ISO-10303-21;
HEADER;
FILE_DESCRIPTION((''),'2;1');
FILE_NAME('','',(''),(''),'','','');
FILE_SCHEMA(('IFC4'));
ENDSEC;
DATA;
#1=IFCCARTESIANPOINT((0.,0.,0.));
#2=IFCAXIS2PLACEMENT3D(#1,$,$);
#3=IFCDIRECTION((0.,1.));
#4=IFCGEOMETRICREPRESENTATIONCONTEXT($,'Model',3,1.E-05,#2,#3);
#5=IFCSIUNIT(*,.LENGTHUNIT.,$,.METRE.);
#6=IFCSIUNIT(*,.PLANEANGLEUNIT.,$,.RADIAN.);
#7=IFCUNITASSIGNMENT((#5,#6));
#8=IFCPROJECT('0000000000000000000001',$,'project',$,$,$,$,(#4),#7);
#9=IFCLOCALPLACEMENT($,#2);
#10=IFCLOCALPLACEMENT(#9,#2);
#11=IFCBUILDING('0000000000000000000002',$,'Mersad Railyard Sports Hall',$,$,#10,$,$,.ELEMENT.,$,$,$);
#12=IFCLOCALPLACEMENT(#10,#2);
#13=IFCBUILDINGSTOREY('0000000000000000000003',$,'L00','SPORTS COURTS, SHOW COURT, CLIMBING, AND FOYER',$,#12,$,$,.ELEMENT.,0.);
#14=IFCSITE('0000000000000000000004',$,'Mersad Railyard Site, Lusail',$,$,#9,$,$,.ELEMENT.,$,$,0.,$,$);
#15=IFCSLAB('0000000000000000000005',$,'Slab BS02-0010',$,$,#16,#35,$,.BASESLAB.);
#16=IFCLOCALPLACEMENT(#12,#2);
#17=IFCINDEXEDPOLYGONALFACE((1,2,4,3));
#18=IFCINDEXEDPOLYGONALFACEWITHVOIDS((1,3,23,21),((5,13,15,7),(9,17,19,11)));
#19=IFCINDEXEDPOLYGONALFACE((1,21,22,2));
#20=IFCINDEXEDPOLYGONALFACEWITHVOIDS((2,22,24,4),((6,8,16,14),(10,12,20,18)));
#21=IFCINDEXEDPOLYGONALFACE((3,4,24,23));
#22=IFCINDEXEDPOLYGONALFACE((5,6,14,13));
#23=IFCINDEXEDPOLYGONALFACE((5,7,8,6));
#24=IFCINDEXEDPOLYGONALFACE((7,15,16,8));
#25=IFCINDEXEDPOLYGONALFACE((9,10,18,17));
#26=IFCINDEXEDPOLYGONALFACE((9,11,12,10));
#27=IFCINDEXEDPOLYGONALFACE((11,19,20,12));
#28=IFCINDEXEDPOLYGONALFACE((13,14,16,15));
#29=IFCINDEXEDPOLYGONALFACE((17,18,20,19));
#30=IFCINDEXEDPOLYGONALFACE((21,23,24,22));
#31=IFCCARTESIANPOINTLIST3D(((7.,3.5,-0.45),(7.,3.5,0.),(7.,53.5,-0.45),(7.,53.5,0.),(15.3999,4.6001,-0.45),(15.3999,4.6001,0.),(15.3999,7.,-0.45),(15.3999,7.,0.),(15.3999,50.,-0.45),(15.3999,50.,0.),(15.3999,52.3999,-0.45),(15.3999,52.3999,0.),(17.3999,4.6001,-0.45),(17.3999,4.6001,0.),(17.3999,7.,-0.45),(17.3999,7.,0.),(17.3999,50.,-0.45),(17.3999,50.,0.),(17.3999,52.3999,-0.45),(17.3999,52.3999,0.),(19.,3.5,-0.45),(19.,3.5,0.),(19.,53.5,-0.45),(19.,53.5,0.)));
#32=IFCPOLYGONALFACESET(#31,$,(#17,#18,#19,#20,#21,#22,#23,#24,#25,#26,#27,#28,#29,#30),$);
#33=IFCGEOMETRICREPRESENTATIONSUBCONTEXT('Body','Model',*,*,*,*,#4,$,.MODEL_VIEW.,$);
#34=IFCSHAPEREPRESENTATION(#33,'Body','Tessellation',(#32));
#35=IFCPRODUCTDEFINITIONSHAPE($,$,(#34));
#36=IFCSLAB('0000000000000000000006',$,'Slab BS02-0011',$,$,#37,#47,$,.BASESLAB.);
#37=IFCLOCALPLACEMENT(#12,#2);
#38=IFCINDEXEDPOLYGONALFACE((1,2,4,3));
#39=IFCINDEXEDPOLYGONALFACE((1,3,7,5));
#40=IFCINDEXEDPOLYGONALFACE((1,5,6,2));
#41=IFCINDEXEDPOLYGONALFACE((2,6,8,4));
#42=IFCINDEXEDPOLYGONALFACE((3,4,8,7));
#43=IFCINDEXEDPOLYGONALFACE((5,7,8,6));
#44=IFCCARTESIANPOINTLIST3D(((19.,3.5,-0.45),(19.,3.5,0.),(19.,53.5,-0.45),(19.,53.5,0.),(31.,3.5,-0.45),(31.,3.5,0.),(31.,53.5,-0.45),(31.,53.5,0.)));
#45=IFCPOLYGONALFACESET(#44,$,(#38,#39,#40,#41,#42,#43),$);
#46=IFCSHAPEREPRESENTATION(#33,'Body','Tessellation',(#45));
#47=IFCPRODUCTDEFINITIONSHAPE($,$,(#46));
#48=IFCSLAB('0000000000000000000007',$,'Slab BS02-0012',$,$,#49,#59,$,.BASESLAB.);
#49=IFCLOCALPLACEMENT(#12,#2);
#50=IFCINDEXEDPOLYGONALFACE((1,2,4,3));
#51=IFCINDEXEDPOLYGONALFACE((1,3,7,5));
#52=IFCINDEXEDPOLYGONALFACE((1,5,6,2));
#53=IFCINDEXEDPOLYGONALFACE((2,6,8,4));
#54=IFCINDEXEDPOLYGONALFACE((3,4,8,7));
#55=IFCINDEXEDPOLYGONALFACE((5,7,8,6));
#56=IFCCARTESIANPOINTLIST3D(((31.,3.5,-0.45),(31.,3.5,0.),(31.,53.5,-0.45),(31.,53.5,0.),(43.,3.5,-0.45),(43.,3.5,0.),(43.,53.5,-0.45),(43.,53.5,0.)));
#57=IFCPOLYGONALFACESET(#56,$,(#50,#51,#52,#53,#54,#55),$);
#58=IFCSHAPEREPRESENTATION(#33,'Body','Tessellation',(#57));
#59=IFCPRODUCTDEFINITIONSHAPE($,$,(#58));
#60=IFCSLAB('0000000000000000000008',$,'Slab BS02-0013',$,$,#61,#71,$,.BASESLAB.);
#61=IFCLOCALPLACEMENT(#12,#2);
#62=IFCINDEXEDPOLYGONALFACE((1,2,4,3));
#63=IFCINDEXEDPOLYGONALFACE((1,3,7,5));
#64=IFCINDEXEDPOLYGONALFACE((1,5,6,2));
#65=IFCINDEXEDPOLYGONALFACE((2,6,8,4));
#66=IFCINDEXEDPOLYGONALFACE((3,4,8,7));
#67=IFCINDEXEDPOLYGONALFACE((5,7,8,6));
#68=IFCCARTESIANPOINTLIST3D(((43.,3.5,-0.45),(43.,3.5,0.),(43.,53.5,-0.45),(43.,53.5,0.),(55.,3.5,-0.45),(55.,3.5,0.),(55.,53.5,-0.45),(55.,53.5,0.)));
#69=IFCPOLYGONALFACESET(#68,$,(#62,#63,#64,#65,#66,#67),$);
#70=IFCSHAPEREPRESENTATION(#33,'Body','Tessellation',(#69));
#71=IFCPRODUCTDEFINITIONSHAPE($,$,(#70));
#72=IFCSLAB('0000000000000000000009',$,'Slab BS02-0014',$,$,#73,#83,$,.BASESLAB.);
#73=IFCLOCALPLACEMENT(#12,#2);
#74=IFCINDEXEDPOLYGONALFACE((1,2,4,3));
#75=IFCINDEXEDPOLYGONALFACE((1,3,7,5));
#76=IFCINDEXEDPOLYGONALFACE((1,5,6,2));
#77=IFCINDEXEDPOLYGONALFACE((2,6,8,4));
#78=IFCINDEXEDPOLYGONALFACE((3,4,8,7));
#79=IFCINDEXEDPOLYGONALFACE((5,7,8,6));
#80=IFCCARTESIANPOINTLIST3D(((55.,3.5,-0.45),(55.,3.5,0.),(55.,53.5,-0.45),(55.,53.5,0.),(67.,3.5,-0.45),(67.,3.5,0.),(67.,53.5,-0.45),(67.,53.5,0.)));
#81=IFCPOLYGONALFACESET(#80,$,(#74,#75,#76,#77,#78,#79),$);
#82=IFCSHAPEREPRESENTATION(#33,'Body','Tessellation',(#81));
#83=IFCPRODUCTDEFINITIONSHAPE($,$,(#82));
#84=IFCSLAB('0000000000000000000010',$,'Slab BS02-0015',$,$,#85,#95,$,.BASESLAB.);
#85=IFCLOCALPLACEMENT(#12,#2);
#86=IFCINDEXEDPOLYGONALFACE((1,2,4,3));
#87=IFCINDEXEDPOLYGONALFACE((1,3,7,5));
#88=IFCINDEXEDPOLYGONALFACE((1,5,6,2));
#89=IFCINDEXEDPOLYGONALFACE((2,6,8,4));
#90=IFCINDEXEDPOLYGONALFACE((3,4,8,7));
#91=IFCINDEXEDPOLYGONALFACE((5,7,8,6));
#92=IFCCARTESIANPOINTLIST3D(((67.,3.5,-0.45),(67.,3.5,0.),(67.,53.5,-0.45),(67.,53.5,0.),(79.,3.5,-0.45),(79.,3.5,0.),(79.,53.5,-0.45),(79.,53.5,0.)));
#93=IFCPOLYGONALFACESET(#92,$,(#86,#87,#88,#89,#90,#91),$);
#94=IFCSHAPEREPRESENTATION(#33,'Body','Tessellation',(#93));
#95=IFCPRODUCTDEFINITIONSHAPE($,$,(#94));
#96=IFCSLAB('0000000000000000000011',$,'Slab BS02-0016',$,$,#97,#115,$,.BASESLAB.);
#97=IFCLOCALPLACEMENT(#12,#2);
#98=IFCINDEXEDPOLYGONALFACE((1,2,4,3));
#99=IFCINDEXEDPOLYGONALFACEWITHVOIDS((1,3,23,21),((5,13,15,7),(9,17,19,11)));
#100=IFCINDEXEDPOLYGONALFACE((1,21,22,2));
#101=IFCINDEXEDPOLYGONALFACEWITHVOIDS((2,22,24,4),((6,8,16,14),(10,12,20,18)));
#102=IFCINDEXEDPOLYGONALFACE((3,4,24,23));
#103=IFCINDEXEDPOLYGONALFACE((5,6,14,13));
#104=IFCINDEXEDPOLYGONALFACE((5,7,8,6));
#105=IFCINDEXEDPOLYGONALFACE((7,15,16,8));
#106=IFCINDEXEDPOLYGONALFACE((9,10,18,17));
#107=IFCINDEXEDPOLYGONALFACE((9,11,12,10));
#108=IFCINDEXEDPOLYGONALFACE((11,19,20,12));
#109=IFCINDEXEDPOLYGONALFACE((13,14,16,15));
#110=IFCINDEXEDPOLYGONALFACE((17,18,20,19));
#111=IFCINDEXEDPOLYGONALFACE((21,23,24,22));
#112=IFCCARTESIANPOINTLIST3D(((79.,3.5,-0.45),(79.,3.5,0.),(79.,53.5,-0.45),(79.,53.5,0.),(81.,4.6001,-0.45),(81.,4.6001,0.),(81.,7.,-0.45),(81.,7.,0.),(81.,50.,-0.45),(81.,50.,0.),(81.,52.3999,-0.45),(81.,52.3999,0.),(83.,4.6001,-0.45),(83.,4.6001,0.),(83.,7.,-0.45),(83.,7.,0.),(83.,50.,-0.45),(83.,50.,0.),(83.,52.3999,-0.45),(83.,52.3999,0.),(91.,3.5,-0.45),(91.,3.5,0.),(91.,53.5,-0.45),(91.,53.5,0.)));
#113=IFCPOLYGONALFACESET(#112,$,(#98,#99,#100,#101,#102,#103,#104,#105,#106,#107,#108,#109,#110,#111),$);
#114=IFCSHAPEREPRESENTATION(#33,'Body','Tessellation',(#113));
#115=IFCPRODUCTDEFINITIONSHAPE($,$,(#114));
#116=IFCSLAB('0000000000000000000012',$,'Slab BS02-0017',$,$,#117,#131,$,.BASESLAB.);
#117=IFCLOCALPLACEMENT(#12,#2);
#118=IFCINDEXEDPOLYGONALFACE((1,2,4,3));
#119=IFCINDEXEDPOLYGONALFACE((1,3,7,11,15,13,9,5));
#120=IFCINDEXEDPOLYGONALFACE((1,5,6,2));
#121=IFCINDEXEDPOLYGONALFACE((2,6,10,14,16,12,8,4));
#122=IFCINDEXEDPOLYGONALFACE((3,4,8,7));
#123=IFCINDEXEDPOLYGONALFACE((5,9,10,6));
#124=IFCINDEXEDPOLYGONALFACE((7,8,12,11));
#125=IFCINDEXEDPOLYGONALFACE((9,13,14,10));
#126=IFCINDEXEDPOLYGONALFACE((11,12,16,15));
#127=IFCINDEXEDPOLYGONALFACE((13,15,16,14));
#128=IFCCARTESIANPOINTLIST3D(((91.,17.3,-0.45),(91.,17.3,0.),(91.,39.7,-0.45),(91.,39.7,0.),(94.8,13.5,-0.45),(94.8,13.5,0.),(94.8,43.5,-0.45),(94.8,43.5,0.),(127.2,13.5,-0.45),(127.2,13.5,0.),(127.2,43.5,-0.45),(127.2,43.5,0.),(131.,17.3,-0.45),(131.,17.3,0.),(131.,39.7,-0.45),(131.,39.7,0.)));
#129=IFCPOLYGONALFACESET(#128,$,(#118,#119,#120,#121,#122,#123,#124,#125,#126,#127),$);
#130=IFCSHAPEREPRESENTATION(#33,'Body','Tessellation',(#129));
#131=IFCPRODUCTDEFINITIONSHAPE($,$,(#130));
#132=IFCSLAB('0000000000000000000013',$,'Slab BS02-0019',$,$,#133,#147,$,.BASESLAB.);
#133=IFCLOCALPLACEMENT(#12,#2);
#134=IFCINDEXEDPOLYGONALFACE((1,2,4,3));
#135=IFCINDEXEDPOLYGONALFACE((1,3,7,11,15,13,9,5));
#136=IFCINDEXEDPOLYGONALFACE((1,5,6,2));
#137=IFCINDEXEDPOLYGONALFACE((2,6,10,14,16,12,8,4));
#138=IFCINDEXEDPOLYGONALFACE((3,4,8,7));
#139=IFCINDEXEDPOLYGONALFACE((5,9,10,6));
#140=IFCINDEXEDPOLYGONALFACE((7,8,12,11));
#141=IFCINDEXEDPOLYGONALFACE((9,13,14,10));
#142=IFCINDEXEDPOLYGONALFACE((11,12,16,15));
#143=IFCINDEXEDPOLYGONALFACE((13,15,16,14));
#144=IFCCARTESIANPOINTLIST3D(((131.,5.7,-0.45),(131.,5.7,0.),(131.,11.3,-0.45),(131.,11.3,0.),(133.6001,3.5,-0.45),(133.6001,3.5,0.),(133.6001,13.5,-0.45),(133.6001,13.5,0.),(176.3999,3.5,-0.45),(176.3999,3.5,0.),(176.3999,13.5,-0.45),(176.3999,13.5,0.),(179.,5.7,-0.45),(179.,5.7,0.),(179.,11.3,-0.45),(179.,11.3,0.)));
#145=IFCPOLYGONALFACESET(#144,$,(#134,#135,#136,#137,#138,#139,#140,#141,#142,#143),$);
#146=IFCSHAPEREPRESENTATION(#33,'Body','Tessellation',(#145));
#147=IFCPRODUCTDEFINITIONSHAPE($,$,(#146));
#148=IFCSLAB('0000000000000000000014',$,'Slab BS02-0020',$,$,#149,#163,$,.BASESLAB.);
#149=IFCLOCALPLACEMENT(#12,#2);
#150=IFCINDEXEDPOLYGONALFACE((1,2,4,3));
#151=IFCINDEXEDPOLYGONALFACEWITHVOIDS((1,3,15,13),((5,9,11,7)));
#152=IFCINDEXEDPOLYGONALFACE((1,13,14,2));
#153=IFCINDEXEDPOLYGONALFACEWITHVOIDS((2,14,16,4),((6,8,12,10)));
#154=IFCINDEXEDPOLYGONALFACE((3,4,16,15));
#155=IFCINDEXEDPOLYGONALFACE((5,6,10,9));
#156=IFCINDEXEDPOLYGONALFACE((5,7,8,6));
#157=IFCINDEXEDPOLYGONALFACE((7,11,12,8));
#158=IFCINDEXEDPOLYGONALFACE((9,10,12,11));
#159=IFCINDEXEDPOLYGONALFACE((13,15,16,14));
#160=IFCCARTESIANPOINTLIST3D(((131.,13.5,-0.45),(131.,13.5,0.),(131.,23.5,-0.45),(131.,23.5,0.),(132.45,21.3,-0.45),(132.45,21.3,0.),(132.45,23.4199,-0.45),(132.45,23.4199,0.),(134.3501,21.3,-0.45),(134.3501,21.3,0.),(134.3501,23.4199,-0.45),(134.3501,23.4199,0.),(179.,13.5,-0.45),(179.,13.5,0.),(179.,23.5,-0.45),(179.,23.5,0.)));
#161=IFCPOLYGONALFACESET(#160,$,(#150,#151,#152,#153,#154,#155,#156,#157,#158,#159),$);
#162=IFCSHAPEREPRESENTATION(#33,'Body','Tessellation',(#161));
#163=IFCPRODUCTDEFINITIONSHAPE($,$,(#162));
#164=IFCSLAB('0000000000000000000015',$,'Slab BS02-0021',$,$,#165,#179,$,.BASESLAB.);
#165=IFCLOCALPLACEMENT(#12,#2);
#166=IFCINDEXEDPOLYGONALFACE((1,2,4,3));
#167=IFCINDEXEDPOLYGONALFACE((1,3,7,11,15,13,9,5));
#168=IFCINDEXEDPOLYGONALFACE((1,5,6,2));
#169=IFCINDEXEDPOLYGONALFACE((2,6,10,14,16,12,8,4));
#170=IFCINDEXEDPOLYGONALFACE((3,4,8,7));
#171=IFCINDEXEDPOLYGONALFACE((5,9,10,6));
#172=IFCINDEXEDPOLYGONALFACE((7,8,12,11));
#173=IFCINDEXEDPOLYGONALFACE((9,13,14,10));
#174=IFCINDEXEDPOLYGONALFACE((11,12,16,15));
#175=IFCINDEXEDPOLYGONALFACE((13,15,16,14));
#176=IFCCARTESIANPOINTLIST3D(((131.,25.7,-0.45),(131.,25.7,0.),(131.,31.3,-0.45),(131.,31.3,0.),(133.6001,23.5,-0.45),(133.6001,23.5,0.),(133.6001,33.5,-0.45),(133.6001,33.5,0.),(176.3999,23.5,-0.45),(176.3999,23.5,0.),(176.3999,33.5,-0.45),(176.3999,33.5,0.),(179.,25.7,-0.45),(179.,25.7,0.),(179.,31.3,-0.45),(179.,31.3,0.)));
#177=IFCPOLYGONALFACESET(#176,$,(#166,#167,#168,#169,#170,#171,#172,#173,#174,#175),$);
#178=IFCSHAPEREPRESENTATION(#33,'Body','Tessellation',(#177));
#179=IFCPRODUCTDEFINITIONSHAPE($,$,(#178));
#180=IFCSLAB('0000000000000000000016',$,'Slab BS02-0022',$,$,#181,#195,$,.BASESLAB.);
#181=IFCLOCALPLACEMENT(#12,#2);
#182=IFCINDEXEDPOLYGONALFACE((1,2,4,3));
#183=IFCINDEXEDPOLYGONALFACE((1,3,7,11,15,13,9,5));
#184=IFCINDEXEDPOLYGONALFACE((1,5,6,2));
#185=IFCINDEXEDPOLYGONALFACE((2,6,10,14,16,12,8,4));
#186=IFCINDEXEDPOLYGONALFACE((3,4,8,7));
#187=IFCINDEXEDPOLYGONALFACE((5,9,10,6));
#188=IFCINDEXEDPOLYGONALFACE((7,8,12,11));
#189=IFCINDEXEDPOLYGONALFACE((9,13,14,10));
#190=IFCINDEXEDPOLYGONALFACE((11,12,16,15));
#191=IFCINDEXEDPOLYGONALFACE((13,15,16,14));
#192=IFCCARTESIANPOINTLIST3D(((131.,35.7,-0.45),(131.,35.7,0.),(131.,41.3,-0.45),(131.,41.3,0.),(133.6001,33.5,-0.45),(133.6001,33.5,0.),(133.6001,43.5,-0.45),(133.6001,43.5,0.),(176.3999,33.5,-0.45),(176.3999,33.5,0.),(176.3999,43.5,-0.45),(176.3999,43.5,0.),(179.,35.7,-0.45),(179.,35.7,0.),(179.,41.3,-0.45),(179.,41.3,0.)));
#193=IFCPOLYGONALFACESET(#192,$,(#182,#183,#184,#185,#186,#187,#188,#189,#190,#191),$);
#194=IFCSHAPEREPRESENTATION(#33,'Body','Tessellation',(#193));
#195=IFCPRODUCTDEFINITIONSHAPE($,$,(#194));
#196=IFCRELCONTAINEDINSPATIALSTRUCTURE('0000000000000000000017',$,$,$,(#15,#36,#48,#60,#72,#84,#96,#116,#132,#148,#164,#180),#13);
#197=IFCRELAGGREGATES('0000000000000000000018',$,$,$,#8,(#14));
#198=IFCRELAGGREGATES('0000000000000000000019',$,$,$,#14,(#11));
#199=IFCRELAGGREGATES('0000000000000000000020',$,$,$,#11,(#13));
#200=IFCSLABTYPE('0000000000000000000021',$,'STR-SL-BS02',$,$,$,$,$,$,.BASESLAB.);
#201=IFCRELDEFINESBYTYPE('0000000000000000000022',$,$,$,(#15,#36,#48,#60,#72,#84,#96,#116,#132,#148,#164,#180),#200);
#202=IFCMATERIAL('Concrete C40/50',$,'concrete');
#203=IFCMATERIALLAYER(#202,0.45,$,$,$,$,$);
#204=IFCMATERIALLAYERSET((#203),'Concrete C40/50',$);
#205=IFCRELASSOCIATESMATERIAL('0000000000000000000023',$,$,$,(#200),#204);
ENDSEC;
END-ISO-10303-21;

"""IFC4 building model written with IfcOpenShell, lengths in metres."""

from ifc_helpers import new_model, si_unit, direction, frame, origin, place, context, subcontext, project, spatial, polyline, outline, extrude, material, layer, layer_set, type_object, element, save


model = new_model("IFC4")

# Units and contexts
model_context = context("Model", 3, precision=1e-05, world=origin(), true_north=direction((0.0, 1.0)))
body_context = subcontext(model_context, "Body", "Model", "MODEL_VIEW")
ifc_project = project(units=[si_unit("LENGTHUNIT", "METRE"), si_unit("PLANEANGLEUNIT", "RADIAN")], contexts=[model_context])

# Site, building, storey
site_placement = place(None, origin())
site = spatial("IfcSite", under=ifc_project, at=site_placement, Name="Mersad Railyard Site, Lusail", CompositionType="ELEMENT", RefElevation=0.0)
building_placement = place(site_placement, origin())
building = spatial("IfcBuilding", under=site, at=building_placement, Name="Mersad Railyard Sports Hall", CompositionType="ELEMENT")
storey_placement = place(building_placement, origin())
storey = spatial("IfcBuildingStorey", under=building, at=storey_placement, Name="L00", Description="SPORTS COURTS, SHOW COURT, CLIMBING, AND FOYER", CompositionType="ELEMENT", Elevation=0.0)

# Slabs
ifc_material_1 = material(Name="Concrete C40/50", Category="concrete")
ifc_layer_1 = layer(ifc_material_1, 0.45)
ifc_layer_set_1 = layer_set([ifc_layer_1], Name="Concrete C40/50")
slab_type_1 = type_object("IfcSlabType", Name="STR-SL-BS02", PredefinedType="BASESLAB", material=ifc_layer_set_1)
slab_1_placement = place(storey_placement, frame((0.0, 0.0, -0.45)))
element("IfcSlab", 1, at=slab_1_placement, inside=storey, type_object=slab_type_1, Name="Slab BS02-0010", PredefinedType="BASESLAB", context=body_context, shape_type="SweptSolid", body=[
    extrude(outline(polyline([(7.0, 3.5), (19.0, 3.5), (19.0, 53.5), (7.0, 53.5), (7.0, 3.5)]), holes=[polyline([(15.3999, 4.6001), (17.3999, 4.6001), (17.3999, 7.0), (15.3999, 7.0), (15.3999, 4.6001)]), polyline([(15.3999, 50.0), (17.3999, 50.0), (17.3999, 52.3999), (15.3999, 52.3999), (15.3999, 50.0)])]), origin(), (0.0, 0.0, 1.0), 0.45),
])
slab_2_placement = place(storey_placement, frame((0.0, 0.0, -0.45)))
element("IfcSlab", 2, at=slab_2_placement, inside=storey, type_object=slab_type_1, Name="Slab BS02-0011", PredefinedType="BASESLAB", context=body_context, shape_type="SweptSolid", body=[
    extrude(outline(polyline([(19.0, 3.5), (31.0, 3.5), (31.0, 53.5), (19.0, 53.5), (19.0, 3.5)])), origin(), (0.0, 0.0, 1.0), 0.45),
])
slab_3_placement = place(storey_placement, frame((0.0, 0.0, -0.45)))
element("IfcSlab", 3, at=slab_3_placement, inside=storey, type_object=slab_type_1, Name="Slab BS02-0012", PredefinedType="BASESLAB", context=body_context, shape_type="SweptSolid", body=[
    extrude(outline(polyline([(31.0, 3.5), (43.0, 3.5), (43.0, 53.5), (31.0, 53.5), (31.0, 3.5)])), origin(), (0.0, 0.0, 1.0), 0.45),
])
slab_4_placement = place(storey_placement, frame((0.0, 0.0, -0.45)))
element("IfcSlab", 4, at=slab_4_placement, inside=storey, type_object=slab_type_1, Name="Slab BS02-0013", PredefinedType="BASESLAB", context=body_context, shape_type="SweptSolid", body=[
    extrude(outline(polyline([(43.0, 3.5), (55.0, 3.5), (55.0, 53.5), (43.0, 53.5), (43.0, 3.5)])), origin(), (0.0, 0.0, 1.0), 0.45),
])
slab_5_placement = place(storey_placement, frame((0.0, 0.0, -0.45)))
element("IfcSlab", 5, at=slab_5_placement, inside=storey, type_object=slab_type_1, Name="Slab BS02-0014", PredefinedType="BASESLAB", context=body_context, shape_type="SweptSolid", body=[
    extrude(outline(polyline([(55.0, 3.5), (67.0, 3.5), (67.0, 53.5), (55.0, 53.5), (55.0, 3.5)])), origin(), (0.0, 0.0, 1.0), 0.45),
])
slab_6_placement = place(storey_placement, frame((0.0, 0.0, -0.45)))
element("IfcSlab", 6, at=slab_6_placement, inside=storey, type_object=slab_type_1, Name="Slab BS02-0015", PredefinedType="BASESLAB", context=body_context, shape_type="SweptSolid", body=[
    extrude(outline(polyline([(67.0, 3.5), (79.0, 3.5), (79.0, 53.5), (67.0, 53.5), (67.0, 3.5)])), origin(), (0.0, 0.0, 1.0), 0.45),
])
slab_7_placement = place(storey_placement, frame((0.0, 0.0, -0.45)))
element("IfcSlab", 7, at=slab_7_placement, inside=storey, type_object=slab_type_1, Name="Slab BS02-0016", PredefinedType="BASESLAB", context=body_context, shape_type="SweptSolid", body=[
    extrude(outline(polyline([(79.0, 3.5), (91.0, 3.5), (91.0, 53.5), (79.0, 53.5), (79.0, 3.5)]), holes=[polyline([(81.0, 4.6001), (83.0, 4.6001), (83.0, 7.0), (81.0, 7.0), (81.0, 4.6001)]), polyline([(81.0, 50.0), (83.0, 50.0), (83.0, 52.3999), (81.0, 52.3999), (81.0, 50.0)])]), origin(), (0.0, 0.0, 1.0), 0.45),
])
slab_8_placement = place(storey_placement, frame((0.0, 0.0, -0.45)))
element("IfcSlab", 8, at=slab_8_placement, inside=storey, type_object=slab_type_1, Name="Slab BS02-0017", PredefinedType="BASESLAB", context=body_context, shape_type="SweptSolid", body=[
    extrude(outline(polyline([(94.8, 13.5), (127.2, 13.5), (131.0, 17.3), (131.0, 39.7), (127.2, 43.5), (94.8, 43.5), (91.0, 39.7), (91.0, 17.3), (94.8, 13.5)])), origin(), (0.0, 0.0, 1.0), 0.45),
])
slab_9_placement = place(storey_placement, frame((0.0, 0.0, -0.45)))
element("IfcSlab", 9, at=slab_9_placement, inside=storey, type_object=slab_type_1, Name="Slab BS02-0019", PredefinedType="BASESLAB", context=body_context, shape_type="SweptSolid", body=[
    extrude(outline(polyline([(133.6001, 3.5), (176.3999, 3.5), (179.0, 5.7), (179.0, 11.3), (176.3999, 13.5), (133.6001, 13.5), (131.0, 11.3), (131.0, 5.7), (133.6001, 3.5)])), origin(), (0.0, 0.0, 1.0), 0.45),
])
slab_10_placement = place(storey_placement, frame((0.0, 0.0, -0.45)))
element("IfcSlab", 10, at=slab_10_placement, inside=storey, type_object=slab_type_1, Name="Slab BS02-0020", PredefinedType="BASESLAB", context=body_context, shape_type="SweptSolid", body=[
    extrude(outline(polyline([(131.0, 13.5), (179.0, 13.5), (179.0, 23.5), (131.0, 23.5), (131.0, 13.5)]), holes=[polyline([(132.45, 21.3), (134.3501, 21.3), (134.3501, 23.4199), (132.45, 23.4199), (132.45, 21.3)])]), origin(), (0.0, 0.0, 1.0), 0.45),
])
slab_11_placement = place(storey_placement, frame((0.0, 0.0, -0.45)))
element("IfcSlab", 11, at=slab_11_placement, inside=storey, type_object=slab_type_1, Name="Slab BS02-0021", PredefinedType="BASESLAB", context=body_context, shape_type="SweptSolid", body=[
    extrude(outline(polyline([(133.6001, 23.5), (176.3999, 23.5), (179.0, 25.7), (179.0, 31.3), (176.3999, 33.5), (133.6001, 33.5), (131.0, 31.3), (131.0, 25.7), (133.6001, 23.5)])), origin(), (0.0, 0.0, 1.0), 0.45),
])
slab_12_placement = place(storey_placement, frame((0.0, 0.0, -0.45)))
element("IfcSlab", 12, at=slab_12_placement, inside=storey, type_object=slab_type_1, Name="Slab BS02-0022", PredefinedType="BASESLAB", context=body_context, shape_type="SweptSolid", body=[
    extrude(outline(polyline([(133.6001, 33.5), (176.3999, 33.5), (179.0, 35.7), (179.0, 41.3), (176.3999, 43.5), (133.6001, 43.5), (131.0, 41.3), (131.0, 35.7), (133.6001, 33.5)])), origin(), (0.0, 0.0, 1.0), 0.45),
])

save(model, "model.ifc")
